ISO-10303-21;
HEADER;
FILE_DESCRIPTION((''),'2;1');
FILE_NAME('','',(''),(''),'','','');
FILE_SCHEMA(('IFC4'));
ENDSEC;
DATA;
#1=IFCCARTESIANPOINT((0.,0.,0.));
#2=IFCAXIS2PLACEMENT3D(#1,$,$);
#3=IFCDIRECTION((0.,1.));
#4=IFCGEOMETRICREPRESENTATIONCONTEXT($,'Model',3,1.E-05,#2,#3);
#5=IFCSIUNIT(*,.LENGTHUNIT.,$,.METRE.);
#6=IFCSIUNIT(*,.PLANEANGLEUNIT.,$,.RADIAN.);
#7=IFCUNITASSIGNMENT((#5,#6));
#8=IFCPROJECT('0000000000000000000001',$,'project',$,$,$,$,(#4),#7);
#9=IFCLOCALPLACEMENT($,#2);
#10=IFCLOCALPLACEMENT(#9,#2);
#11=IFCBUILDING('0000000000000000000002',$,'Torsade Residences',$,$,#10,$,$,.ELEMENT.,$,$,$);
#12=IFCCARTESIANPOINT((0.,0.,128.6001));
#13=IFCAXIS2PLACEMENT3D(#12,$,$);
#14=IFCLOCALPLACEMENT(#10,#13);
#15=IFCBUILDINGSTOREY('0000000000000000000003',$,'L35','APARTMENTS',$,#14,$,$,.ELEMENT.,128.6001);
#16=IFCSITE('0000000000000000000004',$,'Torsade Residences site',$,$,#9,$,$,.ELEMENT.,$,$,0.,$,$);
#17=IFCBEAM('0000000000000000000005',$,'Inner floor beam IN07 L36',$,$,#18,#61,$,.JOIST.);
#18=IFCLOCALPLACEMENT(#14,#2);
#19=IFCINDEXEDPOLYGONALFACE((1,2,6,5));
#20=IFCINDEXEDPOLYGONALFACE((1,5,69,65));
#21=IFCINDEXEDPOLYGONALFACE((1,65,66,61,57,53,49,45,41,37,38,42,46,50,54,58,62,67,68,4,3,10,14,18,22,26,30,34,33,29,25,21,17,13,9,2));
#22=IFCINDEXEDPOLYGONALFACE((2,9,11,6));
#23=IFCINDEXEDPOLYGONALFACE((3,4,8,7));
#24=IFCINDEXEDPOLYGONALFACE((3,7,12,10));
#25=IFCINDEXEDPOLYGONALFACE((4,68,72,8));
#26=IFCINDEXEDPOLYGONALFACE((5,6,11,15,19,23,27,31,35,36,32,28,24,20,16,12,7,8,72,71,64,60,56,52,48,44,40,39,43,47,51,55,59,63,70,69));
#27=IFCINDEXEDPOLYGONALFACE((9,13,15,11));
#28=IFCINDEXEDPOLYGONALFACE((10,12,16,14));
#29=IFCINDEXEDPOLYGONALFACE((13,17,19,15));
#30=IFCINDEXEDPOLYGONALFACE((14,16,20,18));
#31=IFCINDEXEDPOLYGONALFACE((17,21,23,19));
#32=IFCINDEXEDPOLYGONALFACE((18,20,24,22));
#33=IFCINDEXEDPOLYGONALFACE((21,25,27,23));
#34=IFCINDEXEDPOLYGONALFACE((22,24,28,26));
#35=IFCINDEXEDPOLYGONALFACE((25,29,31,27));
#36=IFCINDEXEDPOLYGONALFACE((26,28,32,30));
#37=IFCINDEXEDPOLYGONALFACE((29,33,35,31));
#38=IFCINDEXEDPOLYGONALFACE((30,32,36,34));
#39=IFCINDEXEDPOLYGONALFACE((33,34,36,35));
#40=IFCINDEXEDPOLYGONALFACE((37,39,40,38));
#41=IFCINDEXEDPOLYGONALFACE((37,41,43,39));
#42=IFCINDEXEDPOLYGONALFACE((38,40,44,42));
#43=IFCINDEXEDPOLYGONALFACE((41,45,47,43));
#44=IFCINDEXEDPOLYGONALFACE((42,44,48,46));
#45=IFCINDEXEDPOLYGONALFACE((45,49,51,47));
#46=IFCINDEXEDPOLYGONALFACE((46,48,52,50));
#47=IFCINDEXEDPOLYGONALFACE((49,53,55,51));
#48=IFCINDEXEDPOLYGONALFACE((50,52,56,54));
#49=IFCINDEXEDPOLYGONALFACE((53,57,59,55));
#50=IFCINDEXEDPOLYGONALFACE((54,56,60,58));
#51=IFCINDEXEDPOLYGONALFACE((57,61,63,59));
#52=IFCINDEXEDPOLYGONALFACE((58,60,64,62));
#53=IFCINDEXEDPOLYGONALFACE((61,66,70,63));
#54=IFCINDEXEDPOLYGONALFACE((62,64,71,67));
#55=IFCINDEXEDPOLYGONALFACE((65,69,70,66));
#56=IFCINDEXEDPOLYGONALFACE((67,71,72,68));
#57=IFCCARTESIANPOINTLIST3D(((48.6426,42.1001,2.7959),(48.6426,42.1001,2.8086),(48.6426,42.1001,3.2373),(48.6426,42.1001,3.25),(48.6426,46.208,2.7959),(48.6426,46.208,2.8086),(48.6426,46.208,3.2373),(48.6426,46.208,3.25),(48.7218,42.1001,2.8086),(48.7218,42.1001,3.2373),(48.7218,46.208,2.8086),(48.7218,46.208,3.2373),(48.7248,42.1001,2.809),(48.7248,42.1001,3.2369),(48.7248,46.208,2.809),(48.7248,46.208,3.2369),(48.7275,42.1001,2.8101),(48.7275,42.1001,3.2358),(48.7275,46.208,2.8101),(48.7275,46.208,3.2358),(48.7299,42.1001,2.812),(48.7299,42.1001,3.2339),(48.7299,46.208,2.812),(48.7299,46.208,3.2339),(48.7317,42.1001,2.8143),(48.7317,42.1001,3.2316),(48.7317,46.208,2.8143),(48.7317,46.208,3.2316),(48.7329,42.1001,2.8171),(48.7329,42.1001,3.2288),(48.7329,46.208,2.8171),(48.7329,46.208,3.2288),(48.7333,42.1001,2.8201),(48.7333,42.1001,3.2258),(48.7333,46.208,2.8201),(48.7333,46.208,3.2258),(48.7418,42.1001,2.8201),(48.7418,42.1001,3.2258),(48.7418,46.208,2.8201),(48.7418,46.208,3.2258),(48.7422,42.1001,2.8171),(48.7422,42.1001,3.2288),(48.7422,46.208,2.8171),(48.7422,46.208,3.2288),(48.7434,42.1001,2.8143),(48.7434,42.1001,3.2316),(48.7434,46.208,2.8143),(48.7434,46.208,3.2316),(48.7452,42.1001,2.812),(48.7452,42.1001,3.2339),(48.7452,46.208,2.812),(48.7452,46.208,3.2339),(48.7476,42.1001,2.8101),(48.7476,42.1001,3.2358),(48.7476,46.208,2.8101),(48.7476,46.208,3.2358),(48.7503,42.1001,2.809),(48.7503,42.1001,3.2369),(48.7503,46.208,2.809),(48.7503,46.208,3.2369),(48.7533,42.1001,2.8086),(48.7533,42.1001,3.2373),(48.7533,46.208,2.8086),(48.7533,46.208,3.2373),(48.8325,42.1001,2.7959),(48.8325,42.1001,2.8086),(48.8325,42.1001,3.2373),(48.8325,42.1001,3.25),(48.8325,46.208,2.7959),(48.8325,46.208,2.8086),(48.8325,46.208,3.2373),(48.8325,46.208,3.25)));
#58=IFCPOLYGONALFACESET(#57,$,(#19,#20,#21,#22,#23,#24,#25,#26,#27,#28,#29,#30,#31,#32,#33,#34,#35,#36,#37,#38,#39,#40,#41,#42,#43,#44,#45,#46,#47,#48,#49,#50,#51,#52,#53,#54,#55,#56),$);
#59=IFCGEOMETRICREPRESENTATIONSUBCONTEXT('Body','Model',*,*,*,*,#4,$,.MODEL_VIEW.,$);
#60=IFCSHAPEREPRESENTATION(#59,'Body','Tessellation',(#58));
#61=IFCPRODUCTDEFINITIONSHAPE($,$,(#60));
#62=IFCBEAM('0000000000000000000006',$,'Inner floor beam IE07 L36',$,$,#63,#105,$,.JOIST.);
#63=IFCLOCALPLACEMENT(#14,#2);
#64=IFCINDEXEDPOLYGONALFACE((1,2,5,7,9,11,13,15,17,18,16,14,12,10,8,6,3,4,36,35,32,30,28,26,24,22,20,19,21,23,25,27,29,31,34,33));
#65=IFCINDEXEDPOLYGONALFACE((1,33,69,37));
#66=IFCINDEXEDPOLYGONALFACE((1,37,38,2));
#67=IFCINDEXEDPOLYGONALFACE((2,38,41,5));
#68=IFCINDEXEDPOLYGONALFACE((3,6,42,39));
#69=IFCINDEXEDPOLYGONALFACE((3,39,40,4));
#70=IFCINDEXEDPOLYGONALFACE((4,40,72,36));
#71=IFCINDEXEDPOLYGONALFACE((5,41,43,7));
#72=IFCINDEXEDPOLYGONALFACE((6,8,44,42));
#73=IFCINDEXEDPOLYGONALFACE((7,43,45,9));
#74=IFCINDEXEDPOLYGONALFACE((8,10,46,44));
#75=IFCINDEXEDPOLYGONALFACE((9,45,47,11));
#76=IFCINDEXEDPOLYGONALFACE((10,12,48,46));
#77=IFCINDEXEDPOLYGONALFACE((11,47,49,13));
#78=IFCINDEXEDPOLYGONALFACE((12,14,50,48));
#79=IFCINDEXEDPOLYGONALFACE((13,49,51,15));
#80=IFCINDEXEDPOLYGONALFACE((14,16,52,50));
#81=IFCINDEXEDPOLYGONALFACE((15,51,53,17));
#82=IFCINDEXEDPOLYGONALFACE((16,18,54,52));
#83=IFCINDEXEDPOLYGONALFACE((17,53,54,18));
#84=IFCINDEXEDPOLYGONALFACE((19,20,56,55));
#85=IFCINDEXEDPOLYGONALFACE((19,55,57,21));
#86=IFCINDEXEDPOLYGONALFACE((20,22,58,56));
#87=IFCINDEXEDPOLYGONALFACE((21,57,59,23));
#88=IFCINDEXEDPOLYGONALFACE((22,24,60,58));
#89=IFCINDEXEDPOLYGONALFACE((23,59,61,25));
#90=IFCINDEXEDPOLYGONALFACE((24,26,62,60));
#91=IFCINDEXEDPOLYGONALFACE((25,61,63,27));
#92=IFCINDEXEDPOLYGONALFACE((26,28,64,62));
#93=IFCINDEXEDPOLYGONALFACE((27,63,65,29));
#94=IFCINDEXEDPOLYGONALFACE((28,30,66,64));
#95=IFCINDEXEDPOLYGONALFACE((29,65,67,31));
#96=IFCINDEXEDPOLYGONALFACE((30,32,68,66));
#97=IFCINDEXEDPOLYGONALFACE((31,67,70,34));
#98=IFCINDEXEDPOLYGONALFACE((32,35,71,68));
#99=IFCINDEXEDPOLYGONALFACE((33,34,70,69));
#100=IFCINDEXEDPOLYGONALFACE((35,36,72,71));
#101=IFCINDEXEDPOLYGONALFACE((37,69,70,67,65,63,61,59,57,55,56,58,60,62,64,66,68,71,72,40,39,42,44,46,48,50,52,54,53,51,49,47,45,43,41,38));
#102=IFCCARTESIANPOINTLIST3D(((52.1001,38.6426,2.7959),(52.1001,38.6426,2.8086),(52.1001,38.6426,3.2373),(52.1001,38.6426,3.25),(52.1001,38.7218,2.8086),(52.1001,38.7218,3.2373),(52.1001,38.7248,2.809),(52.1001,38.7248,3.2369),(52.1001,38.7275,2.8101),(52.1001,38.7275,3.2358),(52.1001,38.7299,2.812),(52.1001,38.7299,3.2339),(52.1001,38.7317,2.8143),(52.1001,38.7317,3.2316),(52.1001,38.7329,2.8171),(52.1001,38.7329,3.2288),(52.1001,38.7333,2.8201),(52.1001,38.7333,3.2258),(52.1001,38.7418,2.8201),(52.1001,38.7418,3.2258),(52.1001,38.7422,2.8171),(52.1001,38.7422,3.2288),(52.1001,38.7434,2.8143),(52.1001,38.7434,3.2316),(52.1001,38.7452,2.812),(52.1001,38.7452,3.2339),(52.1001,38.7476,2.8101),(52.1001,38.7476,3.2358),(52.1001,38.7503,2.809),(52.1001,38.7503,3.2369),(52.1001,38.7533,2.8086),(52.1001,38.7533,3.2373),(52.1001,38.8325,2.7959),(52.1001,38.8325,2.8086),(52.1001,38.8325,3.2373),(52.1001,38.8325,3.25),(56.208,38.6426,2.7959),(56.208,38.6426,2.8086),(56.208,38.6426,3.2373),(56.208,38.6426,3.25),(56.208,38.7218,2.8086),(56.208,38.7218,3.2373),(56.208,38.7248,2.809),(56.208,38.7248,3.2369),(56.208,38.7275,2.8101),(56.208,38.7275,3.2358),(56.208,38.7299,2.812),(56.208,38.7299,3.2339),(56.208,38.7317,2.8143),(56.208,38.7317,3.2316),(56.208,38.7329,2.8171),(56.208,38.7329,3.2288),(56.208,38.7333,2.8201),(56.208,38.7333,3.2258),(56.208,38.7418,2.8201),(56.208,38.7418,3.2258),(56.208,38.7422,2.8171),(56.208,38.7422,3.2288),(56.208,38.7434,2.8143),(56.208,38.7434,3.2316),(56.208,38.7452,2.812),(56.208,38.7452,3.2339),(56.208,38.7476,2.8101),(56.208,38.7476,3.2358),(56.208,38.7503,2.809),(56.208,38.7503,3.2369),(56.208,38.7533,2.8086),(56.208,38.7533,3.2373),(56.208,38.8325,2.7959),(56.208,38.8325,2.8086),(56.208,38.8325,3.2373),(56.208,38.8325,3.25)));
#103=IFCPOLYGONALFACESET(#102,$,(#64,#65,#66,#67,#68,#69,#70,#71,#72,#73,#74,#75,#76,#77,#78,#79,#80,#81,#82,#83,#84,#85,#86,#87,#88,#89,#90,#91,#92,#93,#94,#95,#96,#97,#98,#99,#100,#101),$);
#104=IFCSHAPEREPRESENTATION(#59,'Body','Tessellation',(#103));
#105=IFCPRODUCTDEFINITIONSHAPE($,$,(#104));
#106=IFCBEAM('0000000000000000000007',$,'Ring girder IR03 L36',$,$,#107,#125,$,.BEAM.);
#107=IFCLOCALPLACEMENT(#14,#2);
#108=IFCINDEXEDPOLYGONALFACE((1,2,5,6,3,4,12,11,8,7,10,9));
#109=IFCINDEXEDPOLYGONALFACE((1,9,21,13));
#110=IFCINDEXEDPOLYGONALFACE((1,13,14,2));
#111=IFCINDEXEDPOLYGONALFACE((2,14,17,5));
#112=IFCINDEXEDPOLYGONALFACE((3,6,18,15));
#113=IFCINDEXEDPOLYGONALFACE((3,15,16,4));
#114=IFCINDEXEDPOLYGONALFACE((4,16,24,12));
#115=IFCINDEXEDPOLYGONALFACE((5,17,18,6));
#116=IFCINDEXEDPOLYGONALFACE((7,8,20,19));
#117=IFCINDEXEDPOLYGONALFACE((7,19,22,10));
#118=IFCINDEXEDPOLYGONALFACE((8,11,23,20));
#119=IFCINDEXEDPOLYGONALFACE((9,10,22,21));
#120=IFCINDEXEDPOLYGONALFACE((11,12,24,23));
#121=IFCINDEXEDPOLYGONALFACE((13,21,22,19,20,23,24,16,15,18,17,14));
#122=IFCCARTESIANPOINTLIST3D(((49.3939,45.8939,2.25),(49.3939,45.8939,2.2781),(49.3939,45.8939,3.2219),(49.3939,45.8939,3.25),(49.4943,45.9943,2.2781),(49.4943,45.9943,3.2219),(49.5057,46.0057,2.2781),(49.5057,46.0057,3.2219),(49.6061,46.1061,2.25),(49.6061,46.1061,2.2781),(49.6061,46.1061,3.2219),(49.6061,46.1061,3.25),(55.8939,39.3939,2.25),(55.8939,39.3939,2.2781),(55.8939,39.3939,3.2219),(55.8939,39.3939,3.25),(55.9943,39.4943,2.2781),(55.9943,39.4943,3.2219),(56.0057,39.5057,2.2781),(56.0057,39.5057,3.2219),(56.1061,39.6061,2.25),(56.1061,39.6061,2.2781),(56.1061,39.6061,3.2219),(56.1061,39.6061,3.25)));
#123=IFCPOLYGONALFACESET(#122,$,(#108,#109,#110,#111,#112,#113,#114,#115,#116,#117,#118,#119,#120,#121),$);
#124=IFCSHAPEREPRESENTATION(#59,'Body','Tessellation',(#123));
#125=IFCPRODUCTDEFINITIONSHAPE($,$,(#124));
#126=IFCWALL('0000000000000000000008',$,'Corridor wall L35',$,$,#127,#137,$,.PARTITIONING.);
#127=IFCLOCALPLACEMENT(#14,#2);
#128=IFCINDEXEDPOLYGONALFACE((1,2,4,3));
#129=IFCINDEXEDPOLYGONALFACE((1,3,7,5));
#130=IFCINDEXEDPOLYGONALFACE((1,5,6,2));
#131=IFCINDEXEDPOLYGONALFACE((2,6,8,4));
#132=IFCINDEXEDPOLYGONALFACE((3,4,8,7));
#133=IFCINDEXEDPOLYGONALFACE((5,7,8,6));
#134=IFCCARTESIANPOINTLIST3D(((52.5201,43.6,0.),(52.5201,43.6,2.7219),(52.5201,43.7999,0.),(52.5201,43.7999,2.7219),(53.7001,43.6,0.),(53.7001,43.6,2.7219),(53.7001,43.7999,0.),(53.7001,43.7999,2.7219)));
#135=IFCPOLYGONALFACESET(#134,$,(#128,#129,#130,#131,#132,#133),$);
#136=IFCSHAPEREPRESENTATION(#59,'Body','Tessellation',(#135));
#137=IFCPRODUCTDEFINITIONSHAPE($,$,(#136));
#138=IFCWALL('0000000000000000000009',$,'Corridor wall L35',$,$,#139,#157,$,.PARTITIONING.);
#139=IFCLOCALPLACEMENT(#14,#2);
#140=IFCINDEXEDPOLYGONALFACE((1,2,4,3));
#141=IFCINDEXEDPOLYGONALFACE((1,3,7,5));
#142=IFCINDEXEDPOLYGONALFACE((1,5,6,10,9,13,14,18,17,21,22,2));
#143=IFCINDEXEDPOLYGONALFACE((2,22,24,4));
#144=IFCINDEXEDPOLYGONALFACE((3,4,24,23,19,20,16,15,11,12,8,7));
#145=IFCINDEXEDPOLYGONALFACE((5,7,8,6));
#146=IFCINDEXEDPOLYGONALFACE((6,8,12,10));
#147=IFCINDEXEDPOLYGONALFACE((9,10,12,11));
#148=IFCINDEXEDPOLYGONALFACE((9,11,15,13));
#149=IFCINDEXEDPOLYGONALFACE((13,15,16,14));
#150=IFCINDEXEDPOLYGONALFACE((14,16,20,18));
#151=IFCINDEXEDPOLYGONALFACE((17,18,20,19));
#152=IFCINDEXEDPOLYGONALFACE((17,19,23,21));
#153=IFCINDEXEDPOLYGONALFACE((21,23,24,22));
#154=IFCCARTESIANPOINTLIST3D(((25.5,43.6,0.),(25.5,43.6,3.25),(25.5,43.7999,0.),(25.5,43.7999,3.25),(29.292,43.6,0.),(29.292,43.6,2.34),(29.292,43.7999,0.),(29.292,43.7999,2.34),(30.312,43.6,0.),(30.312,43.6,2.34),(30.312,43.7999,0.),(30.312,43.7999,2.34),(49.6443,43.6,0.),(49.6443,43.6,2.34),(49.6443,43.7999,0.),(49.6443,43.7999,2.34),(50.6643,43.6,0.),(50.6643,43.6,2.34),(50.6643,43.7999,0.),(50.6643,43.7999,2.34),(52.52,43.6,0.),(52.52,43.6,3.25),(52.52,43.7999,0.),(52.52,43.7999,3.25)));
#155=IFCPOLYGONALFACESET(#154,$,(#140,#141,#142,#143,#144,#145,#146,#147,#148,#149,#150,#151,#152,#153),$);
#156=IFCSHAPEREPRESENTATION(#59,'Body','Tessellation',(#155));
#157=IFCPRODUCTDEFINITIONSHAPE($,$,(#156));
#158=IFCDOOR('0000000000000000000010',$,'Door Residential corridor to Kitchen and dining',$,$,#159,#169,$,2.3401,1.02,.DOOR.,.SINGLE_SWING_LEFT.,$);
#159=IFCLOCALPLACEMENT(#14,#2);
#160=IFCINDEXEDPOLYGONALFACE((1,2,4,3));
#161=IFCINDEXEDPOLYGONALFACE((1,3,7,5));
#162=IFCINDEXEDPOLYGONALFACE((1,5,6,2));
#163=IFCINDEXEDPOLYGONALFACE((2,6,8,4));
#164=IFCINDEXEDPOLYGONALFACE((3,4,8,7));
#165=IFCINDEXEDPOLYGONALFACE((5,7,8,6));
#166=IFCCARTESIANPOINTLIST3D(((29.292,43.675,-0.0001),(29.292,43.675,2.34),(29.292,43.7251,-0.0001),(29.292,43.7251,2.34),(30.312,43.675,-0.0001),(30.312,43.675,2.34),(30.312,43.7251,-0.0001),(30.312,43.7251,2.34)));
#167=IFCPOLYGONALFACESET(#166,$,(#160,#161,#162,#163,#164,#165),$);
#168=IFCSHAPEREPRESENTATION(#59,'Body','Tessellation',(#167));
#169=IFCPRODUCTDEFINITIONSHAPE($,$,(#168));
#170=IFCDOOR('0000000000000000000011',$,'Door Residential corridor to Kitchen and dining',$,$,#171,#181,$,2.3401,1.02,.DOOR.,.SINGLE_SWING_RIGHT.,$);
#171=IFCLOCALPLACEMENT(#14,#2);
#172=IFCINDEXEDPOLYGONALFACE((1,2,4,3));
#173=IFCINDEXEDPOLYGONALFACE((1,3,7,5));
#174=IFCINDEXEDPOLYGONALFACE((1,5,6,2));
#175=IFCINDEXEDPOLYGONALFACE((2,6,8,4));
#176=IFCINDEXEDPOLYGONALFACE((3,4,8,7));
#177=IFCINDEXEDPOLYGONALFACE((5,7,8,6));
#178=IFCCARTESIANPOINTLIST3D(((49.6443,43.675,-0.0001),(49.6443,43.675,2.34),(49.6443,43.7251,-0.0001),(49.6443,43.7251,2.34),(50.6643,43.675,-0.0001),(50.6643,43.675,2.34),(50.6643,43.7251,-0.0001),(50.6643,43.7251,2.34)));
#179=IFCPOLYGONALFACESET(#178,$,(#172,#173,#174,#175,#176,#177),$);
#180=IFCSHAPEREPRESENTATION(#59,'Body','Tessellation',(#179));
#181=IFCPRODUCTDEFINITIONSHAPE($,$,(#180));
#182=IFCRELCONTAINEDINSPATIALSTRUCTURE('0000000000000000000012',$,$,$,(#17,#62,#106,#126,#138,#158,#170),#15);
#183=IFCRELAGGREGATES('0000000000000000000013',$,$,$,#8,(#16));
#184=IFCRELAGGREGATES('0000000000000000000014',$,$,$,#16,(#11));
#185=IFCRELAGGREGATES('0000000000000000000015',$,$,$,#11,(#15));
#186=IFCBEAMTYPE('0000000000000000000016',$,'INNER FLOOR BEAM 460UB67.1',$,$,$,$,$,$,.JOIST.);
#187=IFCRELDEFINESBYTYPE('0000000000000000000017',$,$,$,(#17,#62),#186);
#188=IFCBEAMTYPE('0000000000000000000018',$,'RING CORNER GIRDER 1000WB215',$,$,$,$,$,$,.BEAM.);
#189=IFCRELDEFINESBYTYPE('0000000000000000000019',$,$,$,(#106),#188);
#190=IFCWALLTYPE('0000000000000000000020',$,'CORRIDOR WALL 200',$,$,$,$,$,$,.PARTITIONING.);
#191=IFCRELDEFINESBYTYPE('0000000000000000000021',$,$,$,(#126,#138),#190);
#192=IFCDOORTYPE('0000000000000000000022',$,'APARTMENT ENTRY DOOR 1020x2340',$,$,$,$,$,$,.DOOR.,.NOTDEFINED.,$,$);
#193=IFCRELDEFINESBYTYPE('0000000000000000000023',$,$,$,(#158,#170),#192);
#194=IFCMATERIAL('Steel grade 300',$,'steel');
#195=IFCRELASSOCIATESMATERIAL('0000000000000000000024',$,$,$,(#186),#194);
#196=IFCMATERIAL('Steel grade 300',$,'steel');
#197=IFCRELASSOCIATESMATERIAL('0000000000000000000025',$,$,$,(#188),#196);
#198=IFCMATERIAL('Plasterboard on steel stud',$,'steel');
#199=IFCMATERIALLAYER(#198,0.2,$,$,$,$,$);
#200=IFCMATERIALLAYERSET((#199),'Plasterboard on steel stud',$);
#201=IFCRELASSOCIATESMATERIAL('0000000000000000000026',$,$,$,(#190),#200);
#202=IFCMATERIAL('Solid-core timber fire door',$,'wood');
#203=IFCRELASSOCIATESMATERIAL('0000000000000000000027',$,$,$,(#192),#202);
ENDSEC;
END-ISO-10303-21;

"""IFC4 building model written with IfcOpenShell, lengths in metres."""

from ifc_helpers import new_model, si_unit, direction, frame, frame_2d, origin, origin_2d, place, context, subcontext, project, spatial, rectangle, i_section, extrude, material, layer, layer_set, material_profile, profile_set, type_object, element, fill, save


model = new_model("IFC4")

# Units and contexts
model_context = context("Model", 3, precision=1e-05, world=origin(), true_north=direction((0.0, 1.0)))
body_context = subcontext(model_context, "Body", "Model", "MODEL_VIEW")
ifc_project = project(units=[si_unit("LENGTHUNIT", "METRE"), si_unit("PLANEANGLEUNIT", "RADIAN")], contexts=[model_context])

# Site, building, storey
site_placement = place(None, origin())
site = spatial("IfcSite", under=ifc_project, at=site_placement, Name="Torsade Residences site", CompositionType="ELEMENT", RefElevation=0.0)
building_placement = place(site_placement, origin())
building = spatial("IfcBuilding", under=site, at=building_placement, Name="Torsade Residences", CompositionType="ELEMENT")
storey_placement = place(building_placement, frame((0.0, 0.0, 128.6001)))
storey = spatial("IfcBuildingStorey", under=building, at=storey_placement, Name="L35", Description="APARTMENTS", CompositionType="ELEMENT", Elevation=128.6001)

# Beams
ifc_material_1 = material(Name="Steel grade 300", Category="steel")
ifc_material_profile_1 = material_profile(ifc_material_1, i_section(OverallWidth=0.1899, OverallDepth=0.4541, WebThickness=0.0085, FlangeThickness=0.0127, FilletRadius=0.0115, at=origin_2d()), Name="460UB67.1")
ifc_profile_set_1 = profile_set([ifc_material_profile_1], Name="Steel grade 300")
beam_type_1 = type_object("IfcBeamType", Name="INNER FLOOR BEAM 460UB67.1", PredefinedType="JOIST", material=ifc_profile_set_1)
for number, where, z_axis, x_axis, name in (
    (1, (48.7375, 42.1001, 3.0229), (0.0, 1.0, 0.0), (-1.0, 0.0, 0.0), "Inner floor beam IN07 L36"),
    (2, (52.1001, 38.7375, 3.0229), (1.0, 0.0, 0.0), (0.0, 1.0, 0.0), "Inner floor beam IE07 L36"),
):
    element("IfcBeam", number, at=place(storey_placement, frame(where, z_axis=z_axis, x_axis=x_axis)), inside=storey, type_object=beam_type_1, Name=name, PredefinedType="JOIST", context=body_context, shape_type="SweptSolid", body=[
        extrude(i_section(OverallWidth=0.1899, OverallDepth=0.4541, WebThickness=0.0085, FlangeThickness=0.0127, FilletRadius=0.0115, at=origin_2d()), origin(), (0.0, 0.0, 1.0), 4.1079),
    ])
ifc_material_2 = material(Name="Steel grade 300", Category="steel")
ifc_material_profile_2 = material_profile(ifc_material_2, i_section(OverallWidth=0.3, OverallDepth=1.0, WebThickness=0.0161, FlangeThickness=0.0281, at=origin_2d()), Name="1000WB215")
ifc_profile_set_2 = profile_set([ifc_material_profile_2], Name="Steel grade 300")
beam_type_2 = type_object("IfcBeamType", Name="RING CORNER GIRDER 1000WB215", PredefinedType="BEAM", material=ifc_profile_set_2)
beam_1_placement = place(storey_placement, frame((56.0, 39.5, 2.75), z_axis=(-0.707107, 0.707107, 0.0), x_axis=(-0.707107, -0.707107, 0.0)))
element("IfcBeam", 3, at=beam_1_placement, inside=storey, type_object=beam_type_2, Name="Ring girder IR03 L36", PredefinedType="BEAM", context=body_context, shape_type="SweptSolid", body=[
    extrude(i_section(OverallWidth=0.3, OverallDepth=1.0, WebThickness=0.0161, FlangeThickness=0.0281, at=origin_2d()), origin(), (0.0, 0.0, 1.0), 9.1924),
])

# Wall
ifc_material_3 = material(Name="Plasterboard on steel stud", Category="steel")
ifc_layer_1 = layer(ifc_material_3, 0.2)
ifc_layer_set_1 = layer_set([ifc_layer_1], Name="Plasterboard on steel stud")
wall_type_1 = type_object("IfcWallType", Name="CORRIDOR WALL 200", PredefinedType="PARTITIONING", material=ifc_layer_set_1)
wall_1_placement = place(storey_placement, frame((53.7, 43.7, 0.0), z_axis=(0.0, 0.0, 1.0), x_axis=(-1.0, 0.0, 0.0)))
element("IfcWall", 4, at=wall_1_placement, inside=storey, type_object=wall_type_1, Name="Corridor wall L35", PredefinedType="PARTITIONING", context=body_context, shape_type="SweptSolid", body=[
    extrude(rectangle(XDim=1.1799, YDim=0.2, at=frame_2d((0.5898, 0.0))), origin(), (0.0, 0.0, 1.0), 2.7219),
])

# Wall, openings, doors
wall_2_placement = place(storey_placement, frame((52.52, 43.7, 0.0), z_axis=(0.0, 0.0, 1.0), x_axis=(-1.0, 0.0, 0.0)))
wall_2 = element("IfcWall", 5, at=wall_2_placement, inside=storey, type_object=wall_type_1, Name="Corridor wall L35", PredefinedType="PARTITIONING", context=body_context, shape_type="SweptSolid", body=[
    extrude(rectangle(XDim=27.02, YDim=0.2, at=frame_2d((13.51, 0.0))), origin(), (0.0, 0.0, 1.0), 3.25),
])
opening_1_placement = place(wall_2_placement, frame((22.208, 0.0, 0.0)))
opening_1 = element("IfcOpeningElement", 6, at=opening_1_placement, cuts=wall_2, PredefinedType="OPENING", context=body_context, shape_type="SweptSolid", body=[
    extrude(rectangle(XDim=1.02, YDim=2.3401, at=frame_2d((0.51, 1.1699))), frame((0.0, 0.1099, 0.0), z_axis=(0.0, -1.0, 0.0), x_axis=(1.0, 0.0, 0.0)), (0.0, 0.0, 1.0), 0.22),
])
opening_2_placement = place(wall_2_placement, frame((1.8557, 0.0, 0.0)))
opening_2 = element("IfcOpeningElement", 7, at=opening_2_placement, cuts=wall_2, PredefinedType="OPENING", context=body_context, shape_type="SweptSolid", body=[
    extrude(rectangle(XDim=1.02, YDim=2.3401, at=frame_2d((0.51, 1.1699))), frame((0.0, 0.1099, 0.0), z_axis=(0.0, -1.0, 0.0), x_axis=(1.0, 0.0, 0.0)), (0.0, 0.0, 1.0), 0.22),
])
ifc_material_4 = material(Name="Solid-core timber fire door", Category="wood")
door_type_1 = type_object("IfcDoorType", Name="APARTMENT ENTRY DOOR 1020x2340", OperationType="NOTDEFINED", PredefinedType="DOOR", material=ifc_material_4)
door_1_placement = place(opening_1_placement, origin())
door_1 = element("IfcDoor", 8, at=door_1_placement, inside=storey, type_object=door_type_1, Name="Door Residential corridor to Kitchen and dining", OperationType="SINGLE_SWING_LEFT", OverallHeight=2.3401, OverallWidth=1.02, PredefinedType="DOOR", context=body_context, shape_type="SweptSolid", body=[
    extrude(rectangle(XDim=1.02, YDim=2.3401, at=frame_2d((0.51, 1.1699))), frame((0.0, 0.0249, 0.0), z_axis=(0.0, -1.0, 0.0), x_axis=(1.0, 0.0, 0.0)), (0.0, 0.0, 1.0), 0.05),
])
fill(opening_1, door_1)
door_2_placement = place(opening_2_placement, origin())
door_2 = element("IfcDoor", 9, at=door_2_placement, inside=storey, type_object=door_type_1, Name="Door Residential corridor to Kitchen and dining", OperationType="SINGLE_SWING_RIGHT", OverallHeight=2.3401, OverallWidth=1.02, PredefinedType="DOOR", context=body_context, shape_type="SweptSolid", body=[
    extrude(rectangle(XDim=1.02, YDim=2.3401, at=frame_2d((0.51, 1.1699))), frame((0.0, 0.0249, 0.0), z_axis=(0.0, -1.0, 0.0), x_axis=(1.0, 0.0, 0.0)), (0.0, 0.0, 1.0), 0.05),
])
fill(opening_2, door_2)

save(model, "model.ifc")
